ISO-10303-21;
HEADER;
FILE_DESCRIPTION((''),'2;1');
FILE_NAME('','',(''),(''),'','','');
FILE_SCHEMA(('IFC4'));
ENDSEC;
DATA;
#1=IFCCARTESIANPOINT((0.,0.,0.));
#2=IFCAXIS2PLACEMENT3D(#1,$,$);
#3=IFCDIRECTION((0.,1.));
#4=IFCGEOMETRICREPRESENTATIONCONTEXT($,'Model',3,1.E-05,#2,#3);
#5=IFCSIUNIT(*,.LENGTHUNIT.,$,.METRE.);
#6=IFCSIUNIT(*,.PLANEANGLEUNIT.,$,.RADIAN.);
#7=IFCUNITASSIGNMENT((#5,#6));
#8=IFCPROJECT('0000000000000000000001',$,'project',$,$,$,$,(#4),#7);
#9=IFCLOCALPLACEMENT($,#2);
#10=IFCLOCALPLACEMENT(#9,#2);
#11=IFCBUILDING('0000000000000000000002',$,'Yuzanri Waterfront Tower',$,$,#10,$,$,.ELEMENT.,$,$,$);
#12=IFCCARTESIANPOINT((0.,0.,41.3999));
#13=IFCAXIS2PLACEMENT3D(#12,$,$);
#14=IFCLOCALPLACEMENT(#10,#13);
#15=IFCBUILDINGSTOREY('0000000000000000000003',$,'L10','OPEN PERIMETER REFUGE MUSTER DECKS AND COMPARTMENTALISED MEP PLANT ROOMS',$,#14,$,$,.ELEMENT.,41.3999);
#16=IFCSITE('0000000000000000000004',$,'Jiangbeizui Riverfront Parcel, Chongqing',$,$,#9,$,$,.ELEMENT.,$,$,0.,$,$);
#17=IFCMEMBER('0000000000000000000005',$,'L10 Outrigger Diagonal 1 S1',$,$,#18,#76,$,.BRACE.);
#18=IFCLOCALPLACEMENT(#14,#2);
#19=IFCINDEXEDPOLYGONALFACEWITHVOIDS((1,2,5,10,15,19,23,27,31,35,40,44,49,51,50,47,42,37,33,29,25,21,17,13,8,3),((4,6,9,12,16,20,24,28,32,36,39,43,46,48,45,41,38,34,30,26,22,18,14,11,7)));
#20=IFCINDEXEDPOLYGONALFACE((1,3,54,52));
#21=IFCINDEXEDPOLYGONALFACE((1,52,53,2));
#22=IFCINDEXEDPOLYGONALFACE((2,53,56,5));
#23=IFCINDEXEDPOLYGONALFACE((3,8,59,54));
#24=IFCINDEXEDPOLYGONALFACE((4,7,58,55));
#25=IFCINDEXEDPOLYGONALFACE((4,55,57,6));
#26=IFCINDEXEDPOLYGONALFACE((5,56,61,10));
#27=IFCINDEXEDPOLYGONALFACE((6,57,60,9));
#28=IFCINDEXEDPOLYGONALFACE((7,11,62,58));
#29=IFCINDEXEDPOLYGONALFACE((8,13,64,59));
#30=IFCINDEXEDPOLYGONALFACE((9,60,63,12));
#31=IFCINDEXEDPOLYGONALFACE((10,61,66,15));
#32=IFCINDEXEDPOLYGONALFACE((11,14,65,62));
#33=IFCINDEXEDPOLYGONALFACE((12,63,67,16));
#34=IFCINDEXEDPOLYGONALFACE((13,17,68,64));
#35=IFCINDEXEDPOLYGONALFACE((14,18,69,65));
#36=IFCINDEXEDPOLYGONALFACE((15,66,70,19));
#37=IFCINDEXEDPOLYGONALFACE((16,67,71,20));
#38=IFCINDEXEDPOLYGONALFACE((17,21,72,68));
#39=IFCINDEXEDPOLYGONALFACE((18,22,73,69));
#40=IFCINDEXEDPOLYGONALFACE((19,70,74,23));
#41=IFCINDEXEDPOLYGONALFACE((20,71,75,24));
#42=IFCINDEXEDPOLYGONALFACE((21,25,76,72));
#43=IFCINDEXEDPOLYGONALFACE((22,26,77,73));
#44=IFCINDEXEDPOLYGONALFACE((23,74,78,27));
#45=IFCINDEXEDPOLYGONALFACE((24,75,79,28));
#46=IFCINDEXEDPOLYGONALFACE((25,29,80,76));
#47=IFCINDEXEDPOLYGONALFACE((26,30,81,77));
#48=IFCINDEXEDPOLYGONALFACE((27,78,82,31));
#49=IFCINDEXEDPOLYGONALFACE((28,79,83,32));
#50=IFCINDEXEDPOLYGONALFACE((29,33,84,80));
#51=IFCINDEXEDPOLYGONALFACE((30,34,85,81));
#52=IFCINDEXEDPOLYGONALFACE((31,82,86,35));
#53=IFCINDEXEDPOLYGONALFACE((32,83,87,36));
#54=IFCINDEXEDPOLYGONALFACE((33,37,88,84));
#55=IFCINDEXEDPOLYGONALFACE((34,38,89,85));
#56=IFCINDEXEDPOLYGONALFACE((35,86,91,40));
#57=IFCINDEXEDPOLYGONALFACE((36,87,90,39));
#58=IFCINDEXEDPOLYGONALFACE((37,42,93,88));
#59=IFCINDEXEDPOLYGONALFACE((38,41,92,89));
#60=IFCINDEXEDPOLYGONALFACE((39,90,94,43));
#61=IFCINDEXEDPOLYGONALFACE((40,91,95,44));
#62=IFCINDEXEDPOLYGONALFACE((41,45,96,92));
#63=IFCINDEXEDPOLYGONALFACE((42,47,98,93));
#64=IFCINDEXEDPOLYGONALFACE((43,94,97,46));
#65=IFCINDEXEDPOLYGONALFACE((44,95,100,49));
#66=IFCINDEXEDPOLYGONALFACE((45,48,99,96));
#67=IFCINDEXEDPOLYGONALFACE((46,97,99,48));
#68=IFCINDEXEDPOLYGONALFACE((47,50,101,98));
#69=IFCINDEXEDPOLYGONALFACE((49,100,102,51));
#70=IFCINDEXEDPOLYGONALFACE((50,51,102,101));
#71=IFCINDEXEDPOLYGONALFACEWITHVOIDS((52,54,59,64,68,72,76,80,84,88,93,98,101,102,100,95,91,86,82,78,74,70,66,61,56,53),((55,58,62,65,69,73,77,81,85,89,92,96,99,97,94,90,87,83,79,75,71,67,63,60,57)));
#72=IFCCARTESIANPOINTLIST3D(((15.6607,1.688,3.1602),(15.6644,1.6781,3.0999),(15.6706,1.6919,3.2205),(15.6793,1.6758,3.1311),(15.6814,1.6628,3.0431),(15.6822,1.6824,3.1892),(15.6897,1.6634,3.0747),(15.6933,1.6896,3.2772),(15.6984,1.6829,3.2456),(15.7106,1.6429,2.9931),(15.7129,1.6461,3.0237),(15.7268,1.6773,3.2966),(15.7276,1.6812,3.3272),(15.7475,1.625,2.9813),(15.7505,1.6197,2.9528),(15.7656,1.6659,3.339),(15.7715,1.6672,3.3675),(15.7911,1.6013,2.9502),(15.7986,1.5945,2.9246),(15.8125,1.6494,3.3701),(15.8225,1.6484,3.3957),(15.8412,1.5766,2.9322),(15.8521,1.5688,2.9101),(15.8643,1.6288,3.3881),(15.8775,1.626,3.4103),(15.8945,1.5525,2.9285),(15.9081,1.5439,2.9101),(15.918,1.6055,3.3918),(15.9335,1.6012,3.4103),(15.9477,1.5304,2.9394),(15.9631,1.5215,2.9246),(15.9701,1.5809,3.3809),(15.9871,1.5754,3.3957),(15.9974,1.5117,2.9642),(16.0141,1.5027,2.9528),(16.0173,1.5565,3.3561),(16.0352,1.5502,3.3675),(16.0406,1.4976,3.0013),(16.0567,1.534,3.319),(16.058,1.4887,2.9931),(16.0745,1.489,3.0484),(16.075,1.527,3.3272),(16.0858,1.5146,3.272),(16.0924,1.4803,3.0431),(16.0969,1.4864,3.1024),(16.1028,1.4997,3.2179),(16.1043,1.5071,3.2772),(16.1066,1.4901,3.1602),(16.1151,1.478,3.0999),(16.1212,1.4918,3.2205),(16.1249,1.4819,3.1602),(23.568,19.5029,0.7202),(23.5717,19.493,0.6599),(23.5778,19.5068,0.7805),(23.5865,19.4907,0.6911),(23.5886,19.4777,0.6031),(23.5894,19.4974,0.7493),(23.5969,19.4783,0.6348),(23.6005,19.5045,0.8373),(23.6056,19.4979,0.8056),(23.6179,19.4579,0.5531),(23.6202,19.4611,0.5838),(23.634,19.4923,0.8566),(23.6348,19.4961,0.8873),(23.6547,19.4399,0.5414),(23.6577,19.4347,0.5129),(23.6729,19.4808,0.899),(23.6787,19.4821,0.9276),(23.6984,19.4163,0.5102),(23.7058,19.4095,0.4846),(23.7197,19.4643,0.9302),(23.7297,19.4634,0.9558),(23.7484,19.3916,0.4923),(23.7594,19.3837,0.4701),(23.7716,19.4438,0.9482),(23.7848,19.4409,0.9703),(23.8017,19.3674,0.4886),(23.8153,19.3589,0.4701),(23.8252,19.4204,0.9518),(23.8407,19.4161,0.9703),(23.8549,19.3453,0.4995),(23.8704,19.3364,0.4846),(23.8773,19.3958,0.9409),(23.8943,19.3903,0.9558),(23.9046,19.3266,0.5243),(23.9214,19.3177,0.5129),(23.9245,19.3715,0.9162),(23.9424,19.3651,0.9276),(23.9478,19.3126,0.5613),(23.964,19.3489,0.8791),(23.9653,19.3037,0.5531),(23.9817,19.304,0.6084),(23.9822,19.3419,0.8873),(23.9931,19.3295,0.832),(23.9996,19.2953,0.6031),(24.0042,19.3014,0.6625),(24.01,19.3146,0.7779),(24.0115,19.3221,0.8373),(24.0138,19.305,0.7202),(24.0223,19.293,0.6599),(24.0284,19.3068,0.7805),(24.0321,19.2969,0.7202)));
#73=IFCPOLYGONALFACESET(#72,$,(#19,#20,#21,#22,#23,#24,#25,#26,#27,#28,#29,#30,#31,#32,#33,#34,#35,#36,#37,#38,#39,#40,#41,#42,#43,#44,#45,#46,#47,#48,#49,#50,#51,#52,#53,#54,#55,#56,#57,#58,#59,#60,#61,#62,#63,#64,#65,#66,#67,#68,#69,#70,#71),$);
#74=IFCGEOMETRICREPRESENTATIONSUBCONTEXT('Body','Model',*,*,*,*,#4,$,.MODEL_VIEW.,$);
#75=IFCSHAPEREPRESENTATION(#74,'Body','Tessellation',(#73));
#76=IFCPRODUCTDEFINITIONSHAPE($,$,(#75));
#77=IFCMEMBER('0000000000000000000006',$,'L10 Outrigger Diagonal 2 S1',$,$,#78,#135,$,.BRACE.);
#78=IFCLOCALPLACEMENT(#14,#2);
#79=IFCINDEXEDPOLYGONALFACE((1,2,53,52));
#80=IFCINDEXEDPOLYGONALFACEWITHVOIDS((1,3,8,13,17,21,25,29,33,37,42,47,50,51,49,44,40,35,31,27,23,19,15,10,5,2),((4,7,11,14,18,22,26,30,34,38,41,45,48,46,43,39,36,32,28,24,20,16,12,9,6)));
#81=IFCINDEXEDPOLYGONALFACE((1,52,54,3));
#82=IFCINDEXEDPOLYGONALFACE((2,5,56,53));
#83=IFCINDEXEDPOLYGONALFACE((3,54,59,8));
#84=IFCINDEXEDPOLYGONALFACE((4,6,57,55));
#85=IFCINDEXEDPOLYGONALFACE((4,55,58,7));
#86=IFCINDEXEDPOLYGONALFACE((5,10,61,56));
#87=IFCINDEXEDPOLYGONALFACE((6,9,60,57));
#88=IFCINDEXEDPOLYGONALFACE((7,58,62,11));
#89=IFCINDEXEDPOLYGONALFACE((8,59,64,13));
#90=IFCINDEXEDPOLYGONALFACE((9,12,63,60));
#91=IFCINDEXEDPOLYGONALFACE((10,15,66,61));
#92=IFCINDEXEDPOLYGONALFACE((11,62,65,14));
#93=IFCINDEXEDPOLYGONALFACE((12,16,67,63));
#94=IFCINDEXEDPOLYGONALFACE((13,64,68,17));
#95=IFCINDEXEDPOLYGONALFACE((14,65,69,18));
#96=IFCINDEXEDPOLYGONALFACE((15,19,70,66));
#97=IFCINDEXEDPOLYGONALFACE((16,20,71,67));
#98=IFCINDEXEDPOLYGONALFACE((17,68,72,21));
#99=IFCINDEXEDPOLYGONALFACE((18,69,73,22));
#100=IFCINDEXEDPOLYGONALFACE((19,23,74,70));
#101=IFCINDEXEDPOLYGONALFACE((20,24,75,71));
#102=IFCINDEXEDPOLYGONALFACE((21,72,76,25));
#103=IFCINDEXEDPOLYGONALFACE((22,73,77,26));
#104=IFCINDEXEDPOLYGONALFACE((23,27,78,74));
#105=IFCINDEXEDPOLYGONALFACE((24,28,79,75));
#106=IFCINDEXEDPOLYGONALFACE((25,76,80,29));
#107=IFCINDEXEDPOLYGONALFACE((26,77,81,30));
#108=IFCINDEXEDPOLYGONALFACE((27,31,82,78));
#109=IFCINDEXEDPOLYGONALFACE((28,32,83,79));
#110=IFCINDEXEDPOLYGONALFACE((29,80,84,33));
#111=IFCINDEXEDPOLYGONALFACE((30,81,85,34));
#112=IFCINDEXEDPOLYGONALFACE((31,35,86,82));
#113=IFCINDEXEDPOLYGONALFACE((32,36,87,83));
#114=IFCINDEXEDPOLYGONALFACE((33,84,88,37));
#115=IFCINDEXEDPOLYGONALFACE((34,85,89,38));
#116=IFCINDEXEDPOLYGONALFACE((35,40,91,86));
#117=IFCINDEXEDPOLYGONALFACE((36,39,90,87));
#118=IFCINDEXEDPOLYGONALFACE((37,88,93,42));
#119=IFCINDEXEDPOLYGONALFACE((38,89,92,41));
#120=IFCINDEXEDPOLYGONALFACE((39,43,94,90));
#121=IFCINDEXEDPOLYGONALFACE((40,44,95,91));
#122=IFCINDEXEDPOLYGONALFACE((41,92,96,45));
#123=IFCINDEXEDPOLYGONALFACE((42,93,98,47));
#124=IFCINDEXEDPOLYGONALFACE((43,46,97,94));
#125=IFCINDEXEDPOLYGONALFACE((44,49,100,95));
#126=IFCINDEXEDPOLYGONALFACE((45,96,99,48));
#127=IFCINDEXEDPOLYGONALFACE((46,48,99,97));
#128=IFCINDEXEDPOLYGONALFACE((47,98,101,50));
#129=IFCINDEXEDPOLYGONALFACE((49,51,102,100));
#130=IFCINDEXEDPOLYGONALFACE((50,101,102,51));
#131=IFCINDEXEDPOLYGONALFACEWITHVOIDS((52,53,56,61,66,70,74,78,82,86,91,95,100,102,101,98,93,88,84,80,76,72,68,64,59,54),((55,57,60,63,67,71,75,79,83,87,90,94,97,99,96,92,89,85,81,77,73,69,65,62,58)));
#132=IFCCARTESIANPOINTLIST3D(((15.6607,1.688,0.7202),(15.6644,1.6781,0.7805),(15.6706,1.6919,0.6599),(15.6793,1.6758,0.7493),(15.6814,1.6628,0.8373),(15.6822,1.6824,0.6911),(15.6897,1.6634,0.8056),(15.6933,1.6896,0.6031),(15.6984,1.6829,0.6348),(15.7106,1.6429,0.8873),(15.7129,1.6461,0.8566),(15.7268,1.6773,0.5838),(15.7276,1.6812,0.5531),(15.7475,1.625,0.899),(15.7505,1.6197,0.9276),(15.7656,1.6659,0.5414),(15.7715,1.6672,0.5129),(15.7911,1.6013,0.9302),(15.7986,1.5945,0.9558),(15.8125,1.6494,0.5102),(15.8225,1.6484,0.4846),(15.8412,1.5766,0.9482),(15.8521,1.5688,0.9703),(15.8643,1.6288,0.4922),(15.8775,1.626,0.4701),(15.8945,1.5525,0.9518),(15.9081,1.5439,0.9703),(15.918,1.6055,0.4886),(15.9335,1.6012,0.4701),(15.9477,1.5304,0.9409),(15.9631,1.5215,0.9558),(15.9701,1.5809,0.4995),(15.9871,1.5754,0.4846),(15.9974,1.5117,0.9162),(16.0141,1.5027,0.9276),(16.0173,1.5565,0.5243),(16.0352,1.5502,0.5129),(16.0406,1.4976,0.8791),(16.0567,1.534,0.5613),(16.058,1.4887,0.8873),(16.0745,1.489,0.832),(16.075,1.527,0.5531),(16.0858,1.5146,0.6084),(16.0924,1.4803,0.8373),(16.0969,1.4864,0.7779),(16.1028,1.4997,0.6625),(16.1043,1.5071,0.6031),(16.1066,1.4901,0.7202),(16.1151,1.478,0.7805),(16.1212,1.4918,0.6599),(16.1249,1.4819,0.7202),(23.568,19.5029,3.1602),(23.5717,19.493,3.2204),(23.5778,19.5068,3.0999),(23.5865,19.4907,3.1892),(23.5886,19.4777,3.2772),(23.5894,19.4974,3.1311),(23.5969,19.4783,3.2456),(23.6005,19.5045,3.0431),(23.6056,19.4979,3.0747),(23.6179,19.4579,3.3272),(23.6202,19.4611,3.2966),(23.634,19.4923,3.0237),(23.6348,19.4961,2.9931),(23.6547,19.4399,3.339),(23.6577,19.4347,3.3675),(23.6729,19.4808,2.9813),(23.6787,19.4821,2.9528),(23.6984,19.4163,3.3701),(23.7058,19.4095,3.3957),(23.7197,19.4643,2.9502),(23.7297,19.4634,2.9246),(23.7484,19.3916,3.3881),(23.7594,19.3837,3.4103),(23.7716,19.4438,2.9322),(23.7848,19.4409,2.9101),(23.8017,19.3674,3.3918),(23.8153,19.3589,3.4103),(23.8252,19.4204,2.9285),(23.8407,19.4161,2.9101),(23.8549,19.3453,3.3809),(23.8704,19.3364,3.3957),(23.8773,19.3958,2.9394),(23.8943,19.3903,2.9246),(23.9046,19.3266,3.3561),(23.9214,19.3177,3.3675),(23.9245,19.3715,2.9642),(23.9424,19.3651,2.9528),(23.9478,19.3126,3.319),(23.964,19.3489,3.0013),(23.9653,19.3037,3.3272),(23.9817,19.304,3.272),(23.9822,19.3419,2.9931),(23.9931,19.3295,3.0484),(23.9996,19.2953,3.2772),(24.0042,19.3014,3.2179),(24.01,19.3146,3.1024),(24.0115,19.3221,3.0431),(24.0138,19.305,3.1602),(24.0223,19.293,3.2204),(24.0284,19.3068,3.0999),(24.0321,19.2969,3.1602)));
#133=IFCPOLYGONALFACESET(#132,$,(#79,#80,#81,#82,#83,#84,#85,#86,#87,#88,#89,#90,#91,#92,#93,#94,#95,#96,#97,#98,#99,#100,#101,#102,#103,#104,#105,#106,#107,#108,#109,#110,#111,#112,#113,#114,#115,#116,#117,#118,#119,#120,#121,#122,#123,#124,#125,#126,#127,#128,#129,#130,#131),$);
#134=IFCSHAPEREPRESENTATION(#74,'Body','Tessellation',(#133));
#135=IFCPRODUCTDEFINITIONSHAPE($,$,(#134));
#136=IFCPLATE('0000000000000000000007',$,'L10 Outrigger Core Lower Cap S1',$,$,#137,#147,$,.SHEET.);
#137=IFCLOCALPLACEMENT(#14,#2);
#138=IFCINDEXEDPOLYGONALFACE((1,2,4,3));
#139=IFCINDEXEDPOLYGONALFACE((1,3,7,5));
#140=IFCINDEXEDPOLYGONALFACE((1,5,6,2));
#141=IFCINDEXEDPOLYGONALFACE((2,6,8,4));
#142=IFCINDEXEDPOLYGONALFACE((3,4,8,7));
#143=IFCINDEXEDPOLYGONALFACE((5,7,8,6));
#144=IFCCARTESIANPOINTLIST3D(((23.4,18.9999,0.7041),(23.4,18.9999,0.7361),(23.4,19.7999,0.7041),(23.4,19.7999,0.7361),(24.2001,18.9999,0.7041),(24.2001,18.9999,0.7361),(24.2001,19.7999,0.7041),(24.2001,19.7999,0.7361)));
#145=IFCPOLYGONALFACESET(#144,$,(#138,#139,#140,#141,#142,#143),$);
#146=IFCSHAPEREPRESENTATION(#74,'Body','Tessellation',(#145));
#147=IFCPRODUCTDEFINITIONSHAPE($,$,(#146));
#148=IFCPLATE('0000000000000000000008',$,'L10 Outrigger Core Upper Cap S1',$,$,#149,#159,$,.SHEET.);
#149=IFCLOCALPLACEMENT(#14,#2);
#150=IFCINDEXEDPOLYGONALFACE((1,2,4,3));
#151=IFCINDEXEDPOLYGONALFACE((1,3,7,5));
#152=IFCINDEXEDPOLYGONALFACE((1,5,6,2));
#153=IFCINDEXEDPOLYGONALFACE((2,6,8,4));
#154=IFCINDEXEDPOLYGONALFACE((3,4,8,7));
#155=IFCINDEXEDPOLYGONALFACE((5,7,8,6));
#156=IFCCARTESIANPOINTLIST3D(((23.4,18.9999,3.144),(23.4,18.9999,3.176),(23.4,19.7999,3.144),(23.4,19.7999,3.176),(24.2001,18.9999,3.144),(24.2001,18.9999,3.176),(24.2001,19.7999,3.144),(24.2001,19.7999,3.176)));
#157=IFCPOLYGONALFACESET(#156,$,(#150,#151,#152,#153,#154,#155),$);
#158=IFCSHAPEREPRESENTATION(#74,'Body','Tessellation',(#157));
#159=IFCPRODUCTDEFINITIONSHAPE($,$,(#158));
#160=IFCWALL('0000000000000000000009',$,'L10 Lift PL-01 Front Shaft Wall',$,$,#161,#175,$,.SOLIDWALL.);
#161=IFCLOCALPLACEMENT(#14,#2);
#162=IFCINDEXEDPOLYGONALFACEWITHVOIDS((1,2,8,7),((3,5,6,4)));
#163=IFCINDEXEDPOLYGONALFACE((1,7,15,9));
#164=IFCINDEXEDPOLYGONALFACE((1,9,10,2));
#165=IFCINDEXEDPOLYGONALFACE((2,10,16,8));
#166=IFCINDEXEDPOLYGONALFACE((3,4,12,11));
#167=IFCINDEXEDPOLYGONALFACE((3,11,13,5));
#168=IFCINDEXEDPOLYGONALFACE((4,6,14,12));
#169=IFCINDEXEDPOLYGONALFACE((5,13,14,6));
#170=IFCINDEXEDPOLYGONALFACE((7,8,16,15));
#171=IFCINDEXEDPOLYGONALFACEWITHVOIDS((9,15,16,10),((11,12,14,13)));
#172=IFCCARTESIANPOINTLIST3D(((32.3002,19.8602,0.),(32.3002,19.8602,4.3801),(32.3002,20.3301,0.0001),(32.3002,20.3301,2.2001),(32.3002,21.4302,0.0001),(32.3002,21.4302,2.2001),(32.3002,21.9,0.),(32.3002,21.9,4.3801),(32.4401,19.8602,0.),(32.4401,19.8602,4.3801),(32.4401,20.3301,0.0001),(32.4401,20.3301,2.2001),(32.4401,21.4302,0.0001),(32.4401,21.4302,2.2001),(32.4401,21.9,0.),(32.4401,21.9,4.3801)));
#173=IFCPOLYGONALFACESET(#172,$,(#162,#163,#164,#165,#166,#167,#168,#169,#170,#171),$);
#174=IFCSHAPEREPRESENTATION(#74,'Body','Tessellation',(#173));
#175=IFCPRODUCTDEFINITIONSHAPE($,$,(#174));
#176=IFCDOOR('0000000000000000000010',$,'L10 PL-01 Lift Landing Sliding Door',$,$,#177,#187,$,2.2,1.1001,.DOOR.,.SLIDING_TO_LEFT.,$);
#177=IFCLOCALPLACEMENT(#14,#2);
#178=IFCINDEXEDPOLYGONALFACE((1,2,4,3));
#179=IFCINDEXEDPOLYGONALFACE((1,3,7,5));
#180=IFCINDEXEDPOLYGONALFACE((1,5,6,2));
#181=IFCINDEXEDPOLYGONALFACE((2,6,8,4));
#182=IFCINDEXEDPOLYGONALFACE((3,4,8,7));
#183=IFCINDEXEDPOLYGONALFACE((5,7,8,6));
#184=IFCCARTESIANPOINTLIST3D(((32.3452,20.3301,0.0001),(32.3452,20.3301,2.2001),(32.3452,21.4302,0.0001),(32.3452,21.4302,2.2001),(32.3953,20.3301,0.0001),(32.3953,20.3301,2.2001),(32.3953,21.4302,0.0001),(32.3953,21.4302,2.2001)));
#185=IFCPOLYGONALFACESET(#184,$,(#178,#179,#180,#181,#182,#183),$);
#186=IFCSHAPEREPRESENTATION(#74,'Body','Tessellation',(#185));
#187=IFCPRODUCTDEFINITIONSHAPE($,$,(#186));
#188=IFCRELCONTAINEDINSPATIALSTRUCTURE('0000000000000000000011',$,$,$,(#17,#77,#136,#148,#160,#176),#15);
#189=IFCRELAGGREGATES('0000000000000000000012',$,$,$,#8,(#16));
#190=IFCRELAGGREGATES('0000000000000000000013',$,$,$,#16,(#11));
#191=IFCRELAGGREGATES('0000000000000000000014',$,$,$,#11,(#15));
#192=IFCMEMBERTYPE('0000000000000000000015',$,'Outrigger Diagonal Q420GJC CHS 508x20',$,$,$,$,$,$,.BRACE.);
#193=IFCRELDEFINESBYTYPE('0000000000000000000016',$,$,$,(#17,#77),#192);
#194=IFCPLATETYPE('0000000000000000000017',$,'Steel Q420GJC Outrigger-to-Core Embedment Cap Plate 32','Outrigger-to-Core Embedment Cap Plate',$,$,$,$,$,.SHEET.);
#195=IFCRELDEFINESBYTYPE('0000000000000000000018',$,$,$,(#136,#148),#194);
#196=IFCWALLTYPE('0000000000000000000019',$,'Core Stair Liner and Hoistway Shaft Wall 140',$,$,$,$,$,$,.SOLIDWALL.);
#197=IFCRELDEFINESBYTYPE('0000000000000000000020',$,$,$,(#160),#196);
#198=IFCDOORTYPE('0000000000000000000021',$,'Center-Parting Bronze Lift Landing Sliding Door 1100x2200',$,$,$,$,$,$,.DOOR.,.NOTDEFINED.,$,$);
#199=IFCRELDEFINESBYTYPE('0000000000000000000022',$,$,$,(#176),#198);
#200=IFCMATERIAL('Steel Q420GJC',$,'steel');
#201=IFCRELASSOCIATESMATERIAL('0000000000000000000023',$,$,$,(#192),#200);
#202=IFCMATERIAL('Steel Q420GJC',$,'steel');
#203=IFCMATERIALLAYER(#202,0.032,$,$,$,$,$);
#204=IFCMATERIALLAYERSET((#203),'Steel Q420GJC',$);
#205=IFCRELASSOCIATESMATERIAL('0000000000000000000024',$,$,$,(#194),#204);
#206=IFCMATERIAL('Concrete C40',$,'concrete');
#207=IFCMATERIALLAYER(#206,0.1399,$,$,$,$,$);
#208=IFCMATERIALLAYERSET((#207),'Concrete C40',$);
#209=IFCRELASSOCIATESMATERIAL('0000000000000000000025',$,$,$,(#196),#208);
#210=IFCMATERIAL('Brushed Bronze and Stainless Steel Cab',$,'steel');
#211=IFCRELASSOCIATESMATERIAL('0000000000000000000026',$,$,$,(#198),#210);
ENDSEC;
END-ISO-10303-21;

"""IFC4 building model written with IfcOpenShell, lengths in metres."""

from ifc_helpers import new_model, si_unit, direction, frame, frame_2d, origin, origin_2d, place, context, subcontext, project, spatial, rectangle, hollow_circle, extrude, source, transform, mapped, material, layer, layer_set, material_profile, profile_set, type_object, element, fill, save


model = new_model("IFC4")

# Units and contexts
model_context = context("Model", 3, precision=1e-05, world=origin(), true_north=direction((0.0, 1.0)))
body_context = subcontext(model_context, "Body", "Model", "MODEL_VIEW")
ifc_project = project(units=[si_unit("LENGTHUNIT", "METRE"), si_unit("PLANEANGLEUNIT", "RADIAN")], contexts=[model_context])

# Site, building, storey
site_placement = place(None, origin())
site = spatial("IfcSite", under=ifc_project, at=site_placement, Name="Jiangbeizui Riverfront Parcel, Chongqing", CompositionType="ELEMENT", RefElevation=0.0)
building_placement = place(site_placement, origin())
building = spatial("IfcBuilding", under=site, at=building_placement, Name="Yuzanri Waterfront Tower", CompositionType="ELEMENT")
storey_placement = place(building_placement, frame((0.0, 0.0, 41.3999)))
storey = spatial("IfcBuildingStorey", under=building, at=storey_placement, Name="L10", Description="OPEN PERIMETER REFUGE MUSTER DECKS AND COMPARTMENTALISED MEP PLANT ROOMS", CompositionType="ELEMENT", Elevation=41.3999)

# Members
ifc_material_1 = material(Name="Steel Q420GJC", Category="steel")
ifc_material_profile_1 = material_profile(ifc_material_1, hollow_circle(Radius=0.2539, WallThickness=0.02, at=origin_2d()), Name="CHS 508x20")
ifc_profile_set_1 = profile_set([ifc_material_profile_1], Name="Steel Q420GJC")
member_type = type_object("IfcMemberType", Name="Outrigger Diagonal Q420GJC CHS 508x20", PredefinedType="BRACE", material=ifc_profile_set_1)
shared_shape_1 = source(origin(), body_context, "Body", "SweptSolid", [
    extrude(hollow_circle(Radius=0.2539, WallThickness=0.02, at=origin_2d()), origin(), (0.0, 0.0, 1.0), 19.6431),
])
for number, where, z_axis, x_axis, name in (
    (1, (23.8, 19.3999, 0.7202), (-0.402546, -0.906933, 0.124214), (0.914012, -0.405687, 0.0), "L10 Outrigger Diagonal 1 S1"),
    (2, (23.8, 19.3999, 3.1602), (-0.402546, -0.906933, -0.124214), (0.914012, -0.405687, 0.0), "L10 Outrigger Diagonal 2 S1"),
):
    element("IfcMember", number, at=place(storey_placement, frame(where, z_axis=z_axis, x_axis=x_axis)), inside=storey, type_object=member_type, Name=name, PredefinedType="BRACE", context=body_context, shape_type="MappedRepresentation", body=[
        mapped(shared_shape_1, transform((0.0, 0.0, 0.0), scale=1.0)),
    ])

# Plates
ifc_material_2 = material(Name="Steel Q420GJC", Category="steel")
ifc_layer_1 = layer(ifc_material_2, 0.032)
ifc_layer_set_1 = layer_set([ifc_layer_1], Name="Steel Q420GJC")
plate_type = type_object("IfcPlateType", Name="Steel Q420GJC Outrigger-to-Core Embedment Cap Plate 32", Description="Outrigger-to-Core Embedment Cap Plate", PredefinedType="SHEET", material=ifc_layer_set_1)
shared_shape_2 = source(origin(), body_context, "Body", "SweptSolid", [
    extrude(rectangle(XDim=0.8, YDim=0.8, at=origin_2d()), origin(), (0.0, 0.0, 1.0), 0.032),
])
for number, where, z_axis, x_axis, name in (
    (3, (23.8, 19.3999, 0.7041), (0.0, 0.0, 1.0), (1.0, 0.0, 0.0), "L10 Outrigger Core Lower Cap S1"),
    (4, (23.8, 19.3999, 3.144), (0.0, 0.0, 1.0), (1.0, 0.0, 0.0), "L10 Outrigger Core Upper Cap S1"),
):
    element("IfcPlate", number, at=place(storey_placement, frame(where, z_axis=z_axis, x_axis=x_axis)), inside=storey, type_object=plate_type, Name=name, PredefinedType="SHEET", context=body_context, shape_type="MappedRepresentation", body=[
        mapped(shared_shape_2, transform((0.0, 0.0, 0.0), scale=1.0)),
    ])

# Wall, opening, door
ifc_material_3 = material(Name="Concrete C40", Category="concrete")
ifc_layer_2 = layer(ifc_material_3, 0.1399)
ifc_layer_set_2 = layer_set([ifc_layer_2], Name="Concrete C40")
wall_type_1 = type_object("IfcWallType", Name="Core Stair Liner and Hoistway Shaft Wall 140", PredefinedType="SOLIDWALL", material=ifc_layer_set_2)
wall_1_placement = place(storey_placement, frame((32.3701, 19.8601, 0.0), z_axis=(0.0, 0.0, 1.0), x_axis=(0.0, 1.0, 0.0)))
wall_1 = element("IfcWall", 5, at=wall_1_placement, inside=storey, type_object=wall_type_1, Name="L10 Lift PL-01 Front Shaft Wall", PredefinedType="SOLIDWALL", context=body_context, shape_type="SweptSolid", body=[
    extrude(rectangle(XDim=2.0398, YDim=0.1399, at=frame_2d((1.02, 0.0))), origin(), (0.0, 0.0, 1.0), 4.3801),
])
opening_placement = place(wall_1_placement, frame((0.47, 0.0, 0.0)))
opening = element("IfcOpeningElement", 6, at=opening_placement, cuts=wall_1, PredefinedType="OPENING", context=body_context, shape_type="SweptSolid", body=[
    extrude(rectangle(XDim=1.1001, YDim=2.2, at=frame_2d((0.55, 1.1001))), frame((0.0, 0.085, 0.0), z_axis=(0.0, -1.0, 0.0), x_axis=(1.0, 0.0, 0.0)), (0.0, 0.0, 1.0), 0.1697),
])
ifc_material_4 = material(Name="Brushed Bronze and Stainless Steel Cab", Category="steel")
door_type = type_object("IfcDoorType", Name="Center-Parting Bronze Lift Landing Sliding Door 1100x2200", OperationType="NOTDEFINED", PredefinedType="DOOR", material=ifc_material_4)
shared_shape_3 = source(origin(), body_context, "Body", "SweptSolid", [
    extrude(rectangle(XDim=1.1001, YDim=2.2, at=frame_2d((0.55, 1.1001))), frame((0.0, 0.0249, 0.0), z_axis=(0.0, -1.0, 0.0), x_axis=(1.0, 0.0, 0.0)), (0.0, 0.0, 1.0), 0.05),
])
door_placement = place(opening_placement, origin())
door = element("IfcDoor", 7, at=door_placement, inside=storey, type_object=door_type, Name="L10 PL-01 Lift Landing Sliding Door", OperationType="SLIDING_TO_LEFT", OverallHeight=2.2, OverallWidth=1.1001, PredefinedType="DOOR", context=body_context, shape_type="MappedRepresentation", body=[
    mapped(shared_shape_3, transform((0.0, 0.0, 0.0), scale=1.0)),
])
fill(opening, door)

save(model, "model.ifc")
